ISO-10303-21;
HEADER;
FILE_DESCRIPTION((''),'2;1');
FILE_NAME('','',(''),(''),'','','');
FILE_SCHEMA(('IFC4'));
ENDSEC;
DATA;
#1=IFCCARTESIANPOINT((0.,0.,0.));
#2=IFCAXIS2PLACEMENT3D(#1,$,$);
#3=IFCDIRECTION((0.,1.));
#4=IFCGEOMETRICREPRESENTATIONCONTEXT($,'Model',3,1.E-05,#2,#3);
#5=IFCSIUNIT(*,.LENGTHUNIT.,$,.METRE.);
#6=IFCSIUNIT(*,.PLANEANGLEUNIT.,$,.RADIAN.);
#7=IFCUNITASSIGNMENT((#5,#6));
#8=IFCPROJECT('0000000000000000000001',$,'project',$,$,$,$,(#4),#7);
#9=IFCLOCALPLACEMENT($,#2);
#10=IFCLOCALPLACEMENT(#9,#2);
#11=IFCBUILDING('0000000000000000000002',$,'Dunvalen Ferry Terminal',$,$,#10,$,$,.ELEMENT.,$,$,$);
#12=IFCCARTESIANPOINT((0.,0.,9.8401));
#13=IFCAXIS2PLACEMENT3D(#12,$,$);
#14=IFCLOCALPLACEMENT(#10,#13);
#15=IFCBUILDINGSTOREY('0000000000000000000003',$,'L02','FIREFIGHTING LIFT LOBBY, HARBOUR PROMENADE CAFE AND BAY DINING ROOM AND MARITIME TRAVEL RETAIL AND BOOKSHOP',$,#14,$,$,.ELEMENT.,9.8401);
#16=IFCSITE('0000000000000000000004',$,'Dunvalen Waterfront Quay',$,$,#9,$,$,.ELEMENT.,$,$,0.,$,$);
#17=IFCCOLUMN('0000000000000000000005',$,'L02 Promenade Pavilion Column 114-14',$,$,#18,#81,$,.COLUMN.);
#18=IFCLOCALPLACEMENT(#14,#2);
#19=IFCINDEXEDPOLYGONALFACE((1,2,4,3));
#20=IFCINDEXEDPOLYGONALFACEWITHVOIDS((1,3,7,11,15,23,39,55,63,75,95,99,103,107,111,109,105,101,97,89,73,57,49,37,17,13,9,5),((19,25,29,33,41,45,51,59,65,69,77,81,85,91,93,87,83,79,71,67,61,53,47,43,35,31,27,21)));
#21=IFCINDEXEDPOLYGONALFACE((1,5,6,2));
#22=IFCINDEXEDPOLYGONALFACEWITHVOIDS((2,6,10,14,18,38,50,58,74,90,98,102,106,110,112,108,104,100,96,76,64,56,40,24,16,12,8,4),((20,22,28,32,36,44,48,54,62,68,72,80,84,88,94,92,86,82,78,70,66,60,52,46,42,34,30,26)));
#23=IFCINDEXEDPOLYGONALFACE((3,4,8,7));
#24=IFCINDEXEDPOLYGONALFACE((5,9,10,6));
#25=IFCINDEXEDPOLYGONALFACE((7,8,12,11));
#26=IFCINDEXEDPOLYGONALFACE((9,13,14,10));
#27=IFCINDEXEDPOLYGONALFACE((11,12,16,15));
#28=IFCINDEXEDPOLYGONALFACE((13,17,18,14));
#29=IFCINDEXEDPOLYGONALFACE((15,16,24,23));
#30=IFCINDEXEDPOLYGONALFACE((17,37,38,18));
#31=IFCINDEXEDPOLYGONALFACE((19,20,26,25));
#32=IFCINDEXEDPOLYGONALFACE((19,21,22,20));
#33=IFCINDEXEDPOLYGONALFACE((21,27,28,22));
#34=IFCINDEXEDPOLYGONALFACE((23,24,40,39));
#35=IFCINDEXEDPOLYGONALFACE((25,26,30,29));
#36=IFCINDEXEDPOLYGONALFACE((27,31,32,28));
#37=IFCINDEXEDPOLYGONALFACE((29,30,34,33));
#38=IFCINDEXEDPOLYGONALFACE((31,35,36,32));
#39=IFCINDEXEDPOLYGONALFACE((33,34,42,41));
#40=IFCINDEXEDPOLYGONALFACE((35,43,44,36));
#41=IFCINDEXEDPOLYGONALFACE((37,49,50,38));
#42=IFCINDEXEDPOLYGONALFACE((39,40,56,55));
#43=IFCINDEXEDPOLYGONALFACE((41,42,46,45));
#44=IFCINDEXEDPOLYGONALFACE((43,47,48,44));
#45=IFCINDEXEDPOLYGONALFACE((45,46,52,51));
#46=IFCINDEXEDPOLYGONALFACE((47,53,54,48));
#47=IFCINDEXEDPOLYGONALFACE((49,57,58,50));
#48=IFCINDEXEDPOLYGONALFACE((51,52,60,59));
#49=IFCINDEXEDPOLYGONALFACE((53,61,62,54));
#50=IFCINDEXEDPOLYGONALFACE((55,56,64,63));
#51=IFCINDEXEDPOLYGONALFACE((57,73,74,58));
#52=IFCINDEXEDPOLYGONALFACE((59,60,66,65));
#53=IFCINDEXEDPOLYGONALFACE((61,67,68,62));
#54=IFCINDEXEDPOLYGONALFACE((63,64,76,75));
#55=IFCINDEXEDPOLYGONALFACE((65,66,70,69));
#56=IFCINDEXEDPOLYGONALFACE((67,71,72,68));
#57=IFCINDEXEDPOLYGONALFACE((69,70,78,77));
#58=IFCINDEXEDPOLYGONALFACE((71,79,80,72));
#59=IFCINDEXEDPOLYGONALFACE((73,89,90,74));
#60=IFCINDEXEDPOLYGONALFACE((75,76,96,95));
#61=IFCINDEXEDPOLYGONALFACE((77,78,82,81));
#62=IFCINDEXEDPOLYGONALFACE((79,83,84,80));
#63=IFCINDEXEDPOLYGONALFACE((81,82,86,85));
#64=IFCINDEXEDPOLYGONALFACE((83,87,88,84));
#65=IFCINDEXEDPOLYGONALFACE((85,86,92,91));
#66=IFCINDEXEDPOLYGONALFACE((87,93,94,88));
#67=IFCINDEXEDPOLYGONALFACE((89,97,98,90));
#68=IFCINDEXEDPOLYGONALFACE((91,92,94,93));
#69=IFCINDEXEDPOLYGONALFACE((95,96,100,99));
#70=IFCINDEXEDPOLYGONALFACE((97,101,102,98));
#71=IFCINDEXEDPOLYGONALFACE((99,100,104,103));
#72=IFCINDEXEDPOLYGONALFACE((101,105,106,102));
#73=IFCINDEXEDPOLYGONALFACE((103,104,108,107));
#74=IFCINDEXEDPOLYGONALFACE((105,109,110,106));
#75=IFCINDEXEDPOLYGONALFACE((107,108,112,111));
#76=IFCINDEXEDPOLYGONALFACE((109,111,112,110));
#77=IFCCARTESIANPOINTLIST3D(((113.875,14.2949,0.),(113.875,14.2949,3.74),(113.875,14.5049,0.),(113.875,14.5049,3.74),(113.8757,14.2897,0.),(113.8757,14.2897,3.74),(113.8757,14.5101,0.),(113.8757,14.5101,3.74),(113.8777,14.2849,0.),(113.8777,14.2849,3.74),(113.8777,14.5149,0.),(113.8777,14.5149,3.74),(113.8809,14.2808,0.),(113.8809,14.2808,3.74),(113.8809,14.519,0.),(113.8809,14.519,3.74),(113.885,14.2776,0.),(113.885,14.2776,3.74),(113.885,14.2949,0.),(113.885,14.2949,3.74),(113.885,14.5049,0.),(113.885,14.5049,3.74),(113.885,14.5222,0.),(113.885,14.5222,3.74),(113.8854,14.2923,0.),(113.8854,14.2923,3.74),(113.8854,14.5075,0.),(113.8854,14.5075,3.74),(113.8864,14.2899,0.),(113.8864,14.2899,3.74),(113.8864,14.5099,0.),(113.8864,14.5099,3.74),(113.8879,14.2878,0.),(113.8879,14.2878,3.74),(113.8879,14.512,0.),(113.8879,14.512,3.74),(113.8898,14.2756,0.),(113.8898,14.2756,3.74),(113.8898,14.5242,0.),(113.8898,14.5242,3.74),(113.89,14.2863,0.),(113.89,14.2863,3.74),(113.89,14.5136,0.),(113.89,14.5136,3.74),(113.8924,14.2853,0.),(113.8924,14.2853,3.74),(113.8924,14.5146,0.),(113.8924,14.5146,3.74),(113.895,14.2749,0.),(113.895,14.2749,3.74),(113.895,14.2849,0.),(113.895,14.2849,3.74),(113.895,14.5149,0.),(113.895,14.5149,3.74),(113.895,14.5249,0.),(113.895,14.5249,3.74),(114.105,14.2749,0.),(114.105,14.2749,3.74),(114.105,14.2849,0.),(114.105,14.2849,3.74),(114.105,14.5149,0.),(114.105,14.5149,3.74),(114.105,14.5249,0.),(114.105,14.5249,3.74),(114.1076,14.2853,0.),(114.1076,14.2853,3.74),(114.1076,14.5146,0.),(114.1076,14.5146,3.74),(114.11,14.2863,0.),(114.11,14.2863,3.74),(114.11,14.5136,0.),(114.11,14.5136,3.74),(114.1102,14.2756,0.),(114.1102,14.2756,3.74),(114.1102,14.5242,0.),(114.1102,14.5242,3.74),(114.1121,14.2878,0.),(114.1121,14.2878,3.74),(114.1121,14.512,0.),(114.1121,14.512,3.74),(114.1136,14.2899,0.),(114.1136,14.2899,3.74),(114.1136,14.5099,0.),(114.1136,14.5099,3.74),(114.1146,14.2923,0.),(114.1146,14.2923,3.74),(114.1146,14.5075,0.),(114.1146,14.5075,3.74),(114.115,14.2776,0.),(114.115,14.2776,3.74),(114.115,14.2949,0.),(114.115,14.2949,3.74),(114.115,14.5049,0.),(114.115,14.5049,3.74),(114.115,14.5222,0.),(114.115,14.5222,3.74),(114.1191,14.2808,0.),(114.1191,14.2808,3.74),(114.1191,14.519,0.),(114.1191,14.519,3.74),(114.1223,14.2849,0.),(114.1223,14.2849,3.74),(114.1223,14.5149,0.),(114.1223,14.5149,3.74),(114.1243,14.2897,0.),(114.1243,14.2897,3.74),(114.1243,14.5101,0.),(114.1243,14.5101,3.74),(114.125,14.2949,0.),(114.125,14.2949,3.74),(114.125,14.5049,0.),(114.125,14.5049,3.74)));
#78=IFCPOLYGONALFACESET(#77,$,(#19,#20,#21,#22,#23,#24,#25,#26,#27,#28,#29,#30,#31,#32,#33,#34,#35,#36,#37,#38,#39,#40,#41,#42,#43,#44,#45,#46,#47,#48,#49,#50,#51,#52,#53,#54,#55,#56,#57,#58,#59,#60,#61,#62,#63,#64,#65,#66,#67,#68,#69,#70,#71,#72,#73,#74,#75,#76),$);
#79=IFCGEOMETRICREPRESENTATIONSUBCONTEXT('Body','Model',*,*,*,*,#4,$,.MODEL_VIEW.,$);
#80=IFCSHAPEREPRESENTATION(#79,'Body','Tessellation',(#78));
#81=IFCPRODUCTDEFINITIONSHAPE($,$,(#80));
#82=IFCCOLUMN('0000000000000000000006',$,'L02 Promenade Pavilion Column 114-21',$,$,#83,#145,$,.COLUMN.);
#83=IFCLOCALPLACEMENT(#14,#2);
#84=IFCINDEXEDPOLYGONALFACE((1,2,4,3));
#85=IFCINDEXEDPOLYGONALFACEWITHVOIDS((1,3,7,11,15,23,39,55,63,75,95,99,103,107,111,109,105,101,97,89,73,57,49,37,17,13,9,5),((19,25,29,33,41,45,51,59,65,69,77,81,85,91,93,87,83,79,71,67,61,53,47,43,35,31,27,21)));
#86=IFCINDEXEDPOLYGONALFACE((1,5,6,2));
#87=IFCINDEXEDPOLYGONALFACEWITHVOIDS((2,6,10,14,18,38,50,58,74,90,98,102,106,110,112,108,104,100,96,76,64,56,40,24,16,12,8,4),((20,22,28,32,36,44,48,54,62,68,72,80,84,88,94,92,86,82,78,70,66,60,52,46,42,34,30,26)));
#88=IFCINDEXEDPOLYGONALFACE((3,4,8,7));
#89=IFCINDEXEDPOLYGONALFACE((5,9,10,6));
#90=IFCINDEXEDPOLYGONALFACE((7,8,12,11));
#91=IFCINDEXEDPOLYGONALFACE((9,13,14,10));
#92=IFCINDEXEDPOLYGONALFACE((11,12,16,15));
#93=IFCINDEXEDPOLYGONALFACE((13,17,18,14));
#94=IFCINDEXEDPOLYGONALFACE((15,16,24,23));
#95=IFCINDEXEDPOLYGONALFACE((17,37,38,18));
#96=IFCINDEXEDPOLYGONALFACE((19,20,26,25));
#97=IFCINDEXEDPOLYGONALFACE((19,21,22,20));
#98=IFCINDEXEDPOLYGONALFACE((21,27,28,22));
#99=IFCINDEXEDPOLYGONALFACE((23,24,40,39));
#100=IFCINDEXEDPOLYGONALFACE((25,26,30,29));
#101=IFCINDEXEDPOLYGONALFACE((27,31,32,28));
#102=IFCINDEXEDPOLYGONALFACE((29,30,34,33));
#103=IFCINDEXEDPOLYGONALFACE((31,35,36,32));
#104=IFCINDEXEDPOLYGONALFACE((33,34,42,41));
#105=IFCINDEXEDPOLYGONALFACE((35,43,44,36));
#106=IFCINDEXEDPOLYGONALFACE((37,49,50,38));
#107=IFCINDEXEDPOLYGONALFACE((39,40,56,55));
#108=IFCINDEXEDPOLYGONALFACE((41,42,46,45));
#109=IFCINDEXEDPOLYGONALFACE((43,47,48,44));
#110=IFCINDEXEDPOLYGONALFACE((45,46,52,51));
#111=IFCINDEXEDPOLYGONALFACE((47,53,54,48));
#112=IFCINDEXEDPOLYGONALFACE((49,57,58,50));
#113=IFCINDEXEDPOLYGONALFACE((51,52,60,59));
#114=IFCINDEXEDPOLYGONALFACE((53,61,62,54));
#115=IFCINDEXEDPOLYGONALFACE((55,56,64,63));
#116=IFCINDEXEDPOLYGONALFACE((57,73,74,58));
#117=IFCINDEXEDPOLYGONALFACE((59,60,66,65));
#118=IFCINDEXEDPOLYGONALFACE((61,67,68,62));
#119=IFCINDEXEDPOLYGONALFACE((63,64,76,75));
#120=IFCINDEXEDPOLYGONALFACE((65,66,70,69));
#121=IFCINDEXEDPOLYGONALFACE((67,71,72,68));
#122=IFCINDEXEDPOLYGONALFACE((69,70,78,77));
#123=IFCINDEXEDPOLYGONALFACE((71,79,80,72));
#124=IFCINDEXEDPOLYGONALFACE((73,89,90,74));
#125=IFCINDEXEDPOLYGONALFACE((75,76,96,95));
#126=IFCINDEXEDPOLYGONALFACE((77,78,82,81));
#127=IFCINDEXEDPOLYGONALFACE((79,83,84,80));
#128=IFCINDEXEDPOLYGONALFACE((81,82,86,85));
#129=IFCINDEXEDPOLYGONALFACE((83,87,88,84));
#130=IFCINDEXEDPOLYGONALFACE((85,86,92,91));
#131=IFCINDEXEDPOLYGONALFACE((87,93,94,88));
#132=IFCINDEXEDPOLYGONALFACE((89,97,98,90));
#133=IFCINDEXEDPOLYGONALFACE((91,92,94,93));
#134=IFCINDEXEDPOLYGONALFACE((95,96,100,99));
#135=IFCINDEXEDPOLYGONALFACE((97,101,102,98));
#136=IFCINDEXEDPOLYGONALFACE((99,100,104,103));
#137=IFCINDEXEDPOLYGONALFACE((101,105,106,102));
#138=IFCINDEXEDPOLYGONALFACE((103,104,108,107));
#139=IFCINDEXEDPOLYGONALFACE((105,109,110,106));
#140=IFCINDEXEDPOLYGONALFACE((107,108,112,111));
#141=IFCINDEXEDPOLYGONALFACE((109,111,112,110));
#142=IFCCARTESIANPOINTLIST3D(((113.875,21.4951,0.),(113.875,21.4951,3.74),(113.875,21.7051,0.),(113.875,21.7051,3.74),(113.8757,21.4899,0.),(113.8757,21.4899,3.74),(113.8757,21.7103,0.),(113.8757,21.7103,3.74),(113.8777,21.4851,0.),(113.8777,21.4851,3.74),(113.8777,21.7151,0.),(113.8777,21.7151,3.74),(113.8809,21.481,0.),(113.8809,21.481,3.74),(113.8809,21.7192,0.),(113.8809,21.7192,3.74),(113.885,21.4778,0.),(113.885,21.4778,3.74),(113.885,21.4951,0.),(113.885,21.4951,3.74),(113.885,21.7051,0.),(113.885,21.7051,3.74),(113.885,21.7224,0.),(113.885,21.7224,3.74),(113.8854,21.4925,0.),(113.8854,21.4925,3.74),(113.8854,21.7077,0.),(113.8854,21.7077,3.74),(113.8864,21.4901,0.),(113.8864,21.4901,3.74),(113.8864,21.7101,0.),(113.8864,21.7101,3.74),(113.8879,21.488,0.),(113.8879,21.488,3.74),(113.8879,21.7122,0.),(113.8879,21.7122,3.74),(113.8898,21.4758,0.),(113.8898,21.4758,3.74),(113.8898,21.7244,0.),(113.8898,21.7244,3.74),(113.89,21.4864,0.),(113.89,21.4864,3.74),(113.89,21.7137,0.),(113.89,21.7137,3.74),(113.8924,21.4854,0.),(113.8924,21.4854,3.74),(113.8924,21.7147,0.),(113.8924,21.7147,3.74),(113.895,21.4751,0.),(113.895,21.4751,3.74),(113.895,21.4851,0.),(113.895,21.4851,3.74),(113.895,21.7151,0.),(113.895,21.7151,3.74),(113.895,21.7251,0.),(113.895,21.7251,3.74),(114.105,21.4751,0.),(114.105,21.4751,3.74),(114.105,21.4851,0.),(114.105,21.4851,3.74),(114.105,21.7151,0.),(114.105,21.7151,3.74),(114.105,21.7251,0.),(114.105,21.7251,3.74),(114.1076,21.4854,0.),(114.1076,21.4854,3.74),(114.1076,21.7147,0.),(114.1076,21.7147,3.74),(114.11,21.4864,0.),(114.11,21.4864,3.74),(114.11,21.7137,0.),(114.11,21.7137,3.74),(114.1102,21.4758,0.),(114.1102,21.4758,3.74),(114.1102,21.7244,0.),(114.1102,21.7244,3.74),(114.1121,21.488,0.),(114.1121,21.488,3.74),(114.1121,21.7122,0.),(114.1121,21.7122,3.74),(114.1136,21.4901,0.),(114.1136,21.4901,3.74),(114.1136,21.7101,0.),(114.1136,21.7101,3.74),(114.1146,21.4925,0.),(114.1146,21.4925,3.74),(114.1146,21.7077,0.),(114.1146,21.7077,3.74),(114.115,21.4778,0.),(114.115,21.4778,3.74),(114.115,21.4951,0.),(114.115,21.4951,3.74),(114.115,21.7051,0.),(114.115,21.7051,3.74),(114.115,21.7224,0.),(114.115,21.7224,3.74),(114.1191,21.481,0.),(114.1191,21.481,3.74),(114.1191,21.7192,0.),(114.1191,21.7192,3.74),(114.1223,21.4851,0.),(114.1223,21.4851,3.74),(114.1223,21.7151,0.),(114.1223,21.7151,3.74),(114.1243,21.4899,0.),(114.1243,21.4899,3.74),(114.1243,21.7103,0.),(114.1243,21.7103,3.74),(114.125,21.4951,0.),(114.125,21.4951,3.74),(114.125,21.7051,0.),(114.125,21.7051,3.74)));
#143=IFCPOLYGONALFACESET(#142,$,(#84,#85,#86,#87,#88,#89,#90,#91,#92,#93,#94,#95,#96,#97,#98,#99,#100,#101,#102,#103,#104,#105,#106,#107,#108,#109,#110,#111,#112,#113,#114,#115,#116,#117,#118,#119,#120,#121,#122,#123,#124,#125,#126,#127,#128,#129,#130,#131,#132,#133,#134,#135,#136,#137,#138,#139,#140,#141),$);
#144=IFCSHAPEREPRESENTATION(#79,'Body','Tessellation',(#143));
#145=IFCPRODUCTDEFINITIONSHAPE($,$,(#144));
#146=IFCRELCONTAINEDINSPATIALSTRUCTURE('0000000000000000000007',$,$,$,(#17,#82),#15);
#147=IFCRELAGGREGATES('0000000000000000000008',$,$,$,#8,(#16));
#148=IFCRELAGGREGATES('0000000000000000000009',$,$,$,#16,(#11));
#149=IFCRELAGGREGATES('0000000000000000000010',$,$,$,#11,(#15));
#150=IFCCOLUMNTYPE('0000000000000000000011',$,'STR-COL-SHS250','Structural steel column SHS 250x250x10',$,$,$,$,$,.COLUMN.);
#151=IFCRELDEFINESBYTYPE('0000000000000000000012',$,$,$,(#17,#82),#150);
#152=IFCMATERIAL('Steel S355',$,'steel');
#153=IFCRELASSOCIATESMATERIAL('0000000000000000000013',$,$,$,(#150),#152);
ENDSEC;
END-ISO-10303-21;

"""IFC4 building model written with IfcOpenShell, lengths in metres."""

from ifc_helpers import new_model, si_unit, direction, frame, origin, origin_2d, place, context, subcontext, project, spatial, hollow_rectangle, extrude, material, material_profile, profile_set, type_object, element, save


model = new_model("IFC4")

# Units and contexts
model_context = context("Model", 3, precision=1e-05, world=origin(), true_north=direction((0.0, 1.0)))
body_context = subcontext(model_context, "Body", "Model", "MODEL_VIEW")
ifc_project = project(units=[si_unit("LENGTHUNIT", "METRE"), si_unit("PLANEANGLEUNIT", "RADIAN")], contexts=[model_context])

# Site, building, storey
site_placement = place(None, origin())
site = spatial("IfcSite", under=ifc_project, at=site_placement, Name="Dunvalen Waterfront Quay", CompositionType="ELEMENT", RefElevation=0.0)
building_placement = place(site_placement, origin())
building = spatial("IfcBuilding", under=site, at=building_placement, Name="Dunvalen Ferry Terminal", CompositionType="ELEMENT")
storey_placement = place(building_placement, frame((0.0, 0.0, 9.8401)))
storey = spatial("IfcBuildingStorey", under=building, at=storey_placement, Name="L02", Description="FIREFIGHTING LIFT LOBBY, HARBOUR PROMENADE CAFE AND BAY DINING ROOM AND MARITIME TRAVEL RETAIL AND BOOKSHOP", CompositionType="ELEMENT", Elevation=9.8401)

# Columns
ifc_material_1 = material(Name="Steel S355", Category="steel")
ifc_material_profile_1 = material_profile(ifc_material_1, hollow_rectangle(XDim=0.25, YDim=0.25, WallThickness=0.01, InnerFilletRadius=0.01, OuterFilletRadius=0.02, at=origin_2d()), Name="Steel S355")
ifc_profile_set_1 = profile_set([ifc_material_profile_1], Name="Steel S355")
column_type = type_object("IfcColumnType", Name="STR-COL-SHS250", Description="Structural steel column SHS 250x250x10", PredefinedType="COLUMN", material=ifc_profile_set_1)
for number, where, z_axis, x_axis, name in (
    (1, (114.0, 14.3999, 0.0), (0.0, 0.0, 1.0), (1.0, 0.0, 0.0), "L02 Promenade Pavilion Column 114-14"),
    (2, (114.0, 21.6001, 0.0), (0.0, 0.0, 1.0), (1.0, 0.0, 0.0), "L02 Promenade Pavilion Column 114-21"),
):
    element("IfcColumn", number, at=place(storey_placement, frame(where, z_axis=z_axis, x_axis=x_axis)), inside=storey, type_object=column_type, Name=name, PredefinedType="COLUMN", context=body_context, shape_type="SweptSolid", body=[
        extrude(hollow_rectangle(XDim=0.25, YDim=0.25, WallThickness=0.01, InnerFilletRadius=0.01, OuterFilletRadius=0.02, at=origin_2d()), origin(), (0.0, 0.0, 1.0), 3.74),
    ])

save(model, "model.ifc")
